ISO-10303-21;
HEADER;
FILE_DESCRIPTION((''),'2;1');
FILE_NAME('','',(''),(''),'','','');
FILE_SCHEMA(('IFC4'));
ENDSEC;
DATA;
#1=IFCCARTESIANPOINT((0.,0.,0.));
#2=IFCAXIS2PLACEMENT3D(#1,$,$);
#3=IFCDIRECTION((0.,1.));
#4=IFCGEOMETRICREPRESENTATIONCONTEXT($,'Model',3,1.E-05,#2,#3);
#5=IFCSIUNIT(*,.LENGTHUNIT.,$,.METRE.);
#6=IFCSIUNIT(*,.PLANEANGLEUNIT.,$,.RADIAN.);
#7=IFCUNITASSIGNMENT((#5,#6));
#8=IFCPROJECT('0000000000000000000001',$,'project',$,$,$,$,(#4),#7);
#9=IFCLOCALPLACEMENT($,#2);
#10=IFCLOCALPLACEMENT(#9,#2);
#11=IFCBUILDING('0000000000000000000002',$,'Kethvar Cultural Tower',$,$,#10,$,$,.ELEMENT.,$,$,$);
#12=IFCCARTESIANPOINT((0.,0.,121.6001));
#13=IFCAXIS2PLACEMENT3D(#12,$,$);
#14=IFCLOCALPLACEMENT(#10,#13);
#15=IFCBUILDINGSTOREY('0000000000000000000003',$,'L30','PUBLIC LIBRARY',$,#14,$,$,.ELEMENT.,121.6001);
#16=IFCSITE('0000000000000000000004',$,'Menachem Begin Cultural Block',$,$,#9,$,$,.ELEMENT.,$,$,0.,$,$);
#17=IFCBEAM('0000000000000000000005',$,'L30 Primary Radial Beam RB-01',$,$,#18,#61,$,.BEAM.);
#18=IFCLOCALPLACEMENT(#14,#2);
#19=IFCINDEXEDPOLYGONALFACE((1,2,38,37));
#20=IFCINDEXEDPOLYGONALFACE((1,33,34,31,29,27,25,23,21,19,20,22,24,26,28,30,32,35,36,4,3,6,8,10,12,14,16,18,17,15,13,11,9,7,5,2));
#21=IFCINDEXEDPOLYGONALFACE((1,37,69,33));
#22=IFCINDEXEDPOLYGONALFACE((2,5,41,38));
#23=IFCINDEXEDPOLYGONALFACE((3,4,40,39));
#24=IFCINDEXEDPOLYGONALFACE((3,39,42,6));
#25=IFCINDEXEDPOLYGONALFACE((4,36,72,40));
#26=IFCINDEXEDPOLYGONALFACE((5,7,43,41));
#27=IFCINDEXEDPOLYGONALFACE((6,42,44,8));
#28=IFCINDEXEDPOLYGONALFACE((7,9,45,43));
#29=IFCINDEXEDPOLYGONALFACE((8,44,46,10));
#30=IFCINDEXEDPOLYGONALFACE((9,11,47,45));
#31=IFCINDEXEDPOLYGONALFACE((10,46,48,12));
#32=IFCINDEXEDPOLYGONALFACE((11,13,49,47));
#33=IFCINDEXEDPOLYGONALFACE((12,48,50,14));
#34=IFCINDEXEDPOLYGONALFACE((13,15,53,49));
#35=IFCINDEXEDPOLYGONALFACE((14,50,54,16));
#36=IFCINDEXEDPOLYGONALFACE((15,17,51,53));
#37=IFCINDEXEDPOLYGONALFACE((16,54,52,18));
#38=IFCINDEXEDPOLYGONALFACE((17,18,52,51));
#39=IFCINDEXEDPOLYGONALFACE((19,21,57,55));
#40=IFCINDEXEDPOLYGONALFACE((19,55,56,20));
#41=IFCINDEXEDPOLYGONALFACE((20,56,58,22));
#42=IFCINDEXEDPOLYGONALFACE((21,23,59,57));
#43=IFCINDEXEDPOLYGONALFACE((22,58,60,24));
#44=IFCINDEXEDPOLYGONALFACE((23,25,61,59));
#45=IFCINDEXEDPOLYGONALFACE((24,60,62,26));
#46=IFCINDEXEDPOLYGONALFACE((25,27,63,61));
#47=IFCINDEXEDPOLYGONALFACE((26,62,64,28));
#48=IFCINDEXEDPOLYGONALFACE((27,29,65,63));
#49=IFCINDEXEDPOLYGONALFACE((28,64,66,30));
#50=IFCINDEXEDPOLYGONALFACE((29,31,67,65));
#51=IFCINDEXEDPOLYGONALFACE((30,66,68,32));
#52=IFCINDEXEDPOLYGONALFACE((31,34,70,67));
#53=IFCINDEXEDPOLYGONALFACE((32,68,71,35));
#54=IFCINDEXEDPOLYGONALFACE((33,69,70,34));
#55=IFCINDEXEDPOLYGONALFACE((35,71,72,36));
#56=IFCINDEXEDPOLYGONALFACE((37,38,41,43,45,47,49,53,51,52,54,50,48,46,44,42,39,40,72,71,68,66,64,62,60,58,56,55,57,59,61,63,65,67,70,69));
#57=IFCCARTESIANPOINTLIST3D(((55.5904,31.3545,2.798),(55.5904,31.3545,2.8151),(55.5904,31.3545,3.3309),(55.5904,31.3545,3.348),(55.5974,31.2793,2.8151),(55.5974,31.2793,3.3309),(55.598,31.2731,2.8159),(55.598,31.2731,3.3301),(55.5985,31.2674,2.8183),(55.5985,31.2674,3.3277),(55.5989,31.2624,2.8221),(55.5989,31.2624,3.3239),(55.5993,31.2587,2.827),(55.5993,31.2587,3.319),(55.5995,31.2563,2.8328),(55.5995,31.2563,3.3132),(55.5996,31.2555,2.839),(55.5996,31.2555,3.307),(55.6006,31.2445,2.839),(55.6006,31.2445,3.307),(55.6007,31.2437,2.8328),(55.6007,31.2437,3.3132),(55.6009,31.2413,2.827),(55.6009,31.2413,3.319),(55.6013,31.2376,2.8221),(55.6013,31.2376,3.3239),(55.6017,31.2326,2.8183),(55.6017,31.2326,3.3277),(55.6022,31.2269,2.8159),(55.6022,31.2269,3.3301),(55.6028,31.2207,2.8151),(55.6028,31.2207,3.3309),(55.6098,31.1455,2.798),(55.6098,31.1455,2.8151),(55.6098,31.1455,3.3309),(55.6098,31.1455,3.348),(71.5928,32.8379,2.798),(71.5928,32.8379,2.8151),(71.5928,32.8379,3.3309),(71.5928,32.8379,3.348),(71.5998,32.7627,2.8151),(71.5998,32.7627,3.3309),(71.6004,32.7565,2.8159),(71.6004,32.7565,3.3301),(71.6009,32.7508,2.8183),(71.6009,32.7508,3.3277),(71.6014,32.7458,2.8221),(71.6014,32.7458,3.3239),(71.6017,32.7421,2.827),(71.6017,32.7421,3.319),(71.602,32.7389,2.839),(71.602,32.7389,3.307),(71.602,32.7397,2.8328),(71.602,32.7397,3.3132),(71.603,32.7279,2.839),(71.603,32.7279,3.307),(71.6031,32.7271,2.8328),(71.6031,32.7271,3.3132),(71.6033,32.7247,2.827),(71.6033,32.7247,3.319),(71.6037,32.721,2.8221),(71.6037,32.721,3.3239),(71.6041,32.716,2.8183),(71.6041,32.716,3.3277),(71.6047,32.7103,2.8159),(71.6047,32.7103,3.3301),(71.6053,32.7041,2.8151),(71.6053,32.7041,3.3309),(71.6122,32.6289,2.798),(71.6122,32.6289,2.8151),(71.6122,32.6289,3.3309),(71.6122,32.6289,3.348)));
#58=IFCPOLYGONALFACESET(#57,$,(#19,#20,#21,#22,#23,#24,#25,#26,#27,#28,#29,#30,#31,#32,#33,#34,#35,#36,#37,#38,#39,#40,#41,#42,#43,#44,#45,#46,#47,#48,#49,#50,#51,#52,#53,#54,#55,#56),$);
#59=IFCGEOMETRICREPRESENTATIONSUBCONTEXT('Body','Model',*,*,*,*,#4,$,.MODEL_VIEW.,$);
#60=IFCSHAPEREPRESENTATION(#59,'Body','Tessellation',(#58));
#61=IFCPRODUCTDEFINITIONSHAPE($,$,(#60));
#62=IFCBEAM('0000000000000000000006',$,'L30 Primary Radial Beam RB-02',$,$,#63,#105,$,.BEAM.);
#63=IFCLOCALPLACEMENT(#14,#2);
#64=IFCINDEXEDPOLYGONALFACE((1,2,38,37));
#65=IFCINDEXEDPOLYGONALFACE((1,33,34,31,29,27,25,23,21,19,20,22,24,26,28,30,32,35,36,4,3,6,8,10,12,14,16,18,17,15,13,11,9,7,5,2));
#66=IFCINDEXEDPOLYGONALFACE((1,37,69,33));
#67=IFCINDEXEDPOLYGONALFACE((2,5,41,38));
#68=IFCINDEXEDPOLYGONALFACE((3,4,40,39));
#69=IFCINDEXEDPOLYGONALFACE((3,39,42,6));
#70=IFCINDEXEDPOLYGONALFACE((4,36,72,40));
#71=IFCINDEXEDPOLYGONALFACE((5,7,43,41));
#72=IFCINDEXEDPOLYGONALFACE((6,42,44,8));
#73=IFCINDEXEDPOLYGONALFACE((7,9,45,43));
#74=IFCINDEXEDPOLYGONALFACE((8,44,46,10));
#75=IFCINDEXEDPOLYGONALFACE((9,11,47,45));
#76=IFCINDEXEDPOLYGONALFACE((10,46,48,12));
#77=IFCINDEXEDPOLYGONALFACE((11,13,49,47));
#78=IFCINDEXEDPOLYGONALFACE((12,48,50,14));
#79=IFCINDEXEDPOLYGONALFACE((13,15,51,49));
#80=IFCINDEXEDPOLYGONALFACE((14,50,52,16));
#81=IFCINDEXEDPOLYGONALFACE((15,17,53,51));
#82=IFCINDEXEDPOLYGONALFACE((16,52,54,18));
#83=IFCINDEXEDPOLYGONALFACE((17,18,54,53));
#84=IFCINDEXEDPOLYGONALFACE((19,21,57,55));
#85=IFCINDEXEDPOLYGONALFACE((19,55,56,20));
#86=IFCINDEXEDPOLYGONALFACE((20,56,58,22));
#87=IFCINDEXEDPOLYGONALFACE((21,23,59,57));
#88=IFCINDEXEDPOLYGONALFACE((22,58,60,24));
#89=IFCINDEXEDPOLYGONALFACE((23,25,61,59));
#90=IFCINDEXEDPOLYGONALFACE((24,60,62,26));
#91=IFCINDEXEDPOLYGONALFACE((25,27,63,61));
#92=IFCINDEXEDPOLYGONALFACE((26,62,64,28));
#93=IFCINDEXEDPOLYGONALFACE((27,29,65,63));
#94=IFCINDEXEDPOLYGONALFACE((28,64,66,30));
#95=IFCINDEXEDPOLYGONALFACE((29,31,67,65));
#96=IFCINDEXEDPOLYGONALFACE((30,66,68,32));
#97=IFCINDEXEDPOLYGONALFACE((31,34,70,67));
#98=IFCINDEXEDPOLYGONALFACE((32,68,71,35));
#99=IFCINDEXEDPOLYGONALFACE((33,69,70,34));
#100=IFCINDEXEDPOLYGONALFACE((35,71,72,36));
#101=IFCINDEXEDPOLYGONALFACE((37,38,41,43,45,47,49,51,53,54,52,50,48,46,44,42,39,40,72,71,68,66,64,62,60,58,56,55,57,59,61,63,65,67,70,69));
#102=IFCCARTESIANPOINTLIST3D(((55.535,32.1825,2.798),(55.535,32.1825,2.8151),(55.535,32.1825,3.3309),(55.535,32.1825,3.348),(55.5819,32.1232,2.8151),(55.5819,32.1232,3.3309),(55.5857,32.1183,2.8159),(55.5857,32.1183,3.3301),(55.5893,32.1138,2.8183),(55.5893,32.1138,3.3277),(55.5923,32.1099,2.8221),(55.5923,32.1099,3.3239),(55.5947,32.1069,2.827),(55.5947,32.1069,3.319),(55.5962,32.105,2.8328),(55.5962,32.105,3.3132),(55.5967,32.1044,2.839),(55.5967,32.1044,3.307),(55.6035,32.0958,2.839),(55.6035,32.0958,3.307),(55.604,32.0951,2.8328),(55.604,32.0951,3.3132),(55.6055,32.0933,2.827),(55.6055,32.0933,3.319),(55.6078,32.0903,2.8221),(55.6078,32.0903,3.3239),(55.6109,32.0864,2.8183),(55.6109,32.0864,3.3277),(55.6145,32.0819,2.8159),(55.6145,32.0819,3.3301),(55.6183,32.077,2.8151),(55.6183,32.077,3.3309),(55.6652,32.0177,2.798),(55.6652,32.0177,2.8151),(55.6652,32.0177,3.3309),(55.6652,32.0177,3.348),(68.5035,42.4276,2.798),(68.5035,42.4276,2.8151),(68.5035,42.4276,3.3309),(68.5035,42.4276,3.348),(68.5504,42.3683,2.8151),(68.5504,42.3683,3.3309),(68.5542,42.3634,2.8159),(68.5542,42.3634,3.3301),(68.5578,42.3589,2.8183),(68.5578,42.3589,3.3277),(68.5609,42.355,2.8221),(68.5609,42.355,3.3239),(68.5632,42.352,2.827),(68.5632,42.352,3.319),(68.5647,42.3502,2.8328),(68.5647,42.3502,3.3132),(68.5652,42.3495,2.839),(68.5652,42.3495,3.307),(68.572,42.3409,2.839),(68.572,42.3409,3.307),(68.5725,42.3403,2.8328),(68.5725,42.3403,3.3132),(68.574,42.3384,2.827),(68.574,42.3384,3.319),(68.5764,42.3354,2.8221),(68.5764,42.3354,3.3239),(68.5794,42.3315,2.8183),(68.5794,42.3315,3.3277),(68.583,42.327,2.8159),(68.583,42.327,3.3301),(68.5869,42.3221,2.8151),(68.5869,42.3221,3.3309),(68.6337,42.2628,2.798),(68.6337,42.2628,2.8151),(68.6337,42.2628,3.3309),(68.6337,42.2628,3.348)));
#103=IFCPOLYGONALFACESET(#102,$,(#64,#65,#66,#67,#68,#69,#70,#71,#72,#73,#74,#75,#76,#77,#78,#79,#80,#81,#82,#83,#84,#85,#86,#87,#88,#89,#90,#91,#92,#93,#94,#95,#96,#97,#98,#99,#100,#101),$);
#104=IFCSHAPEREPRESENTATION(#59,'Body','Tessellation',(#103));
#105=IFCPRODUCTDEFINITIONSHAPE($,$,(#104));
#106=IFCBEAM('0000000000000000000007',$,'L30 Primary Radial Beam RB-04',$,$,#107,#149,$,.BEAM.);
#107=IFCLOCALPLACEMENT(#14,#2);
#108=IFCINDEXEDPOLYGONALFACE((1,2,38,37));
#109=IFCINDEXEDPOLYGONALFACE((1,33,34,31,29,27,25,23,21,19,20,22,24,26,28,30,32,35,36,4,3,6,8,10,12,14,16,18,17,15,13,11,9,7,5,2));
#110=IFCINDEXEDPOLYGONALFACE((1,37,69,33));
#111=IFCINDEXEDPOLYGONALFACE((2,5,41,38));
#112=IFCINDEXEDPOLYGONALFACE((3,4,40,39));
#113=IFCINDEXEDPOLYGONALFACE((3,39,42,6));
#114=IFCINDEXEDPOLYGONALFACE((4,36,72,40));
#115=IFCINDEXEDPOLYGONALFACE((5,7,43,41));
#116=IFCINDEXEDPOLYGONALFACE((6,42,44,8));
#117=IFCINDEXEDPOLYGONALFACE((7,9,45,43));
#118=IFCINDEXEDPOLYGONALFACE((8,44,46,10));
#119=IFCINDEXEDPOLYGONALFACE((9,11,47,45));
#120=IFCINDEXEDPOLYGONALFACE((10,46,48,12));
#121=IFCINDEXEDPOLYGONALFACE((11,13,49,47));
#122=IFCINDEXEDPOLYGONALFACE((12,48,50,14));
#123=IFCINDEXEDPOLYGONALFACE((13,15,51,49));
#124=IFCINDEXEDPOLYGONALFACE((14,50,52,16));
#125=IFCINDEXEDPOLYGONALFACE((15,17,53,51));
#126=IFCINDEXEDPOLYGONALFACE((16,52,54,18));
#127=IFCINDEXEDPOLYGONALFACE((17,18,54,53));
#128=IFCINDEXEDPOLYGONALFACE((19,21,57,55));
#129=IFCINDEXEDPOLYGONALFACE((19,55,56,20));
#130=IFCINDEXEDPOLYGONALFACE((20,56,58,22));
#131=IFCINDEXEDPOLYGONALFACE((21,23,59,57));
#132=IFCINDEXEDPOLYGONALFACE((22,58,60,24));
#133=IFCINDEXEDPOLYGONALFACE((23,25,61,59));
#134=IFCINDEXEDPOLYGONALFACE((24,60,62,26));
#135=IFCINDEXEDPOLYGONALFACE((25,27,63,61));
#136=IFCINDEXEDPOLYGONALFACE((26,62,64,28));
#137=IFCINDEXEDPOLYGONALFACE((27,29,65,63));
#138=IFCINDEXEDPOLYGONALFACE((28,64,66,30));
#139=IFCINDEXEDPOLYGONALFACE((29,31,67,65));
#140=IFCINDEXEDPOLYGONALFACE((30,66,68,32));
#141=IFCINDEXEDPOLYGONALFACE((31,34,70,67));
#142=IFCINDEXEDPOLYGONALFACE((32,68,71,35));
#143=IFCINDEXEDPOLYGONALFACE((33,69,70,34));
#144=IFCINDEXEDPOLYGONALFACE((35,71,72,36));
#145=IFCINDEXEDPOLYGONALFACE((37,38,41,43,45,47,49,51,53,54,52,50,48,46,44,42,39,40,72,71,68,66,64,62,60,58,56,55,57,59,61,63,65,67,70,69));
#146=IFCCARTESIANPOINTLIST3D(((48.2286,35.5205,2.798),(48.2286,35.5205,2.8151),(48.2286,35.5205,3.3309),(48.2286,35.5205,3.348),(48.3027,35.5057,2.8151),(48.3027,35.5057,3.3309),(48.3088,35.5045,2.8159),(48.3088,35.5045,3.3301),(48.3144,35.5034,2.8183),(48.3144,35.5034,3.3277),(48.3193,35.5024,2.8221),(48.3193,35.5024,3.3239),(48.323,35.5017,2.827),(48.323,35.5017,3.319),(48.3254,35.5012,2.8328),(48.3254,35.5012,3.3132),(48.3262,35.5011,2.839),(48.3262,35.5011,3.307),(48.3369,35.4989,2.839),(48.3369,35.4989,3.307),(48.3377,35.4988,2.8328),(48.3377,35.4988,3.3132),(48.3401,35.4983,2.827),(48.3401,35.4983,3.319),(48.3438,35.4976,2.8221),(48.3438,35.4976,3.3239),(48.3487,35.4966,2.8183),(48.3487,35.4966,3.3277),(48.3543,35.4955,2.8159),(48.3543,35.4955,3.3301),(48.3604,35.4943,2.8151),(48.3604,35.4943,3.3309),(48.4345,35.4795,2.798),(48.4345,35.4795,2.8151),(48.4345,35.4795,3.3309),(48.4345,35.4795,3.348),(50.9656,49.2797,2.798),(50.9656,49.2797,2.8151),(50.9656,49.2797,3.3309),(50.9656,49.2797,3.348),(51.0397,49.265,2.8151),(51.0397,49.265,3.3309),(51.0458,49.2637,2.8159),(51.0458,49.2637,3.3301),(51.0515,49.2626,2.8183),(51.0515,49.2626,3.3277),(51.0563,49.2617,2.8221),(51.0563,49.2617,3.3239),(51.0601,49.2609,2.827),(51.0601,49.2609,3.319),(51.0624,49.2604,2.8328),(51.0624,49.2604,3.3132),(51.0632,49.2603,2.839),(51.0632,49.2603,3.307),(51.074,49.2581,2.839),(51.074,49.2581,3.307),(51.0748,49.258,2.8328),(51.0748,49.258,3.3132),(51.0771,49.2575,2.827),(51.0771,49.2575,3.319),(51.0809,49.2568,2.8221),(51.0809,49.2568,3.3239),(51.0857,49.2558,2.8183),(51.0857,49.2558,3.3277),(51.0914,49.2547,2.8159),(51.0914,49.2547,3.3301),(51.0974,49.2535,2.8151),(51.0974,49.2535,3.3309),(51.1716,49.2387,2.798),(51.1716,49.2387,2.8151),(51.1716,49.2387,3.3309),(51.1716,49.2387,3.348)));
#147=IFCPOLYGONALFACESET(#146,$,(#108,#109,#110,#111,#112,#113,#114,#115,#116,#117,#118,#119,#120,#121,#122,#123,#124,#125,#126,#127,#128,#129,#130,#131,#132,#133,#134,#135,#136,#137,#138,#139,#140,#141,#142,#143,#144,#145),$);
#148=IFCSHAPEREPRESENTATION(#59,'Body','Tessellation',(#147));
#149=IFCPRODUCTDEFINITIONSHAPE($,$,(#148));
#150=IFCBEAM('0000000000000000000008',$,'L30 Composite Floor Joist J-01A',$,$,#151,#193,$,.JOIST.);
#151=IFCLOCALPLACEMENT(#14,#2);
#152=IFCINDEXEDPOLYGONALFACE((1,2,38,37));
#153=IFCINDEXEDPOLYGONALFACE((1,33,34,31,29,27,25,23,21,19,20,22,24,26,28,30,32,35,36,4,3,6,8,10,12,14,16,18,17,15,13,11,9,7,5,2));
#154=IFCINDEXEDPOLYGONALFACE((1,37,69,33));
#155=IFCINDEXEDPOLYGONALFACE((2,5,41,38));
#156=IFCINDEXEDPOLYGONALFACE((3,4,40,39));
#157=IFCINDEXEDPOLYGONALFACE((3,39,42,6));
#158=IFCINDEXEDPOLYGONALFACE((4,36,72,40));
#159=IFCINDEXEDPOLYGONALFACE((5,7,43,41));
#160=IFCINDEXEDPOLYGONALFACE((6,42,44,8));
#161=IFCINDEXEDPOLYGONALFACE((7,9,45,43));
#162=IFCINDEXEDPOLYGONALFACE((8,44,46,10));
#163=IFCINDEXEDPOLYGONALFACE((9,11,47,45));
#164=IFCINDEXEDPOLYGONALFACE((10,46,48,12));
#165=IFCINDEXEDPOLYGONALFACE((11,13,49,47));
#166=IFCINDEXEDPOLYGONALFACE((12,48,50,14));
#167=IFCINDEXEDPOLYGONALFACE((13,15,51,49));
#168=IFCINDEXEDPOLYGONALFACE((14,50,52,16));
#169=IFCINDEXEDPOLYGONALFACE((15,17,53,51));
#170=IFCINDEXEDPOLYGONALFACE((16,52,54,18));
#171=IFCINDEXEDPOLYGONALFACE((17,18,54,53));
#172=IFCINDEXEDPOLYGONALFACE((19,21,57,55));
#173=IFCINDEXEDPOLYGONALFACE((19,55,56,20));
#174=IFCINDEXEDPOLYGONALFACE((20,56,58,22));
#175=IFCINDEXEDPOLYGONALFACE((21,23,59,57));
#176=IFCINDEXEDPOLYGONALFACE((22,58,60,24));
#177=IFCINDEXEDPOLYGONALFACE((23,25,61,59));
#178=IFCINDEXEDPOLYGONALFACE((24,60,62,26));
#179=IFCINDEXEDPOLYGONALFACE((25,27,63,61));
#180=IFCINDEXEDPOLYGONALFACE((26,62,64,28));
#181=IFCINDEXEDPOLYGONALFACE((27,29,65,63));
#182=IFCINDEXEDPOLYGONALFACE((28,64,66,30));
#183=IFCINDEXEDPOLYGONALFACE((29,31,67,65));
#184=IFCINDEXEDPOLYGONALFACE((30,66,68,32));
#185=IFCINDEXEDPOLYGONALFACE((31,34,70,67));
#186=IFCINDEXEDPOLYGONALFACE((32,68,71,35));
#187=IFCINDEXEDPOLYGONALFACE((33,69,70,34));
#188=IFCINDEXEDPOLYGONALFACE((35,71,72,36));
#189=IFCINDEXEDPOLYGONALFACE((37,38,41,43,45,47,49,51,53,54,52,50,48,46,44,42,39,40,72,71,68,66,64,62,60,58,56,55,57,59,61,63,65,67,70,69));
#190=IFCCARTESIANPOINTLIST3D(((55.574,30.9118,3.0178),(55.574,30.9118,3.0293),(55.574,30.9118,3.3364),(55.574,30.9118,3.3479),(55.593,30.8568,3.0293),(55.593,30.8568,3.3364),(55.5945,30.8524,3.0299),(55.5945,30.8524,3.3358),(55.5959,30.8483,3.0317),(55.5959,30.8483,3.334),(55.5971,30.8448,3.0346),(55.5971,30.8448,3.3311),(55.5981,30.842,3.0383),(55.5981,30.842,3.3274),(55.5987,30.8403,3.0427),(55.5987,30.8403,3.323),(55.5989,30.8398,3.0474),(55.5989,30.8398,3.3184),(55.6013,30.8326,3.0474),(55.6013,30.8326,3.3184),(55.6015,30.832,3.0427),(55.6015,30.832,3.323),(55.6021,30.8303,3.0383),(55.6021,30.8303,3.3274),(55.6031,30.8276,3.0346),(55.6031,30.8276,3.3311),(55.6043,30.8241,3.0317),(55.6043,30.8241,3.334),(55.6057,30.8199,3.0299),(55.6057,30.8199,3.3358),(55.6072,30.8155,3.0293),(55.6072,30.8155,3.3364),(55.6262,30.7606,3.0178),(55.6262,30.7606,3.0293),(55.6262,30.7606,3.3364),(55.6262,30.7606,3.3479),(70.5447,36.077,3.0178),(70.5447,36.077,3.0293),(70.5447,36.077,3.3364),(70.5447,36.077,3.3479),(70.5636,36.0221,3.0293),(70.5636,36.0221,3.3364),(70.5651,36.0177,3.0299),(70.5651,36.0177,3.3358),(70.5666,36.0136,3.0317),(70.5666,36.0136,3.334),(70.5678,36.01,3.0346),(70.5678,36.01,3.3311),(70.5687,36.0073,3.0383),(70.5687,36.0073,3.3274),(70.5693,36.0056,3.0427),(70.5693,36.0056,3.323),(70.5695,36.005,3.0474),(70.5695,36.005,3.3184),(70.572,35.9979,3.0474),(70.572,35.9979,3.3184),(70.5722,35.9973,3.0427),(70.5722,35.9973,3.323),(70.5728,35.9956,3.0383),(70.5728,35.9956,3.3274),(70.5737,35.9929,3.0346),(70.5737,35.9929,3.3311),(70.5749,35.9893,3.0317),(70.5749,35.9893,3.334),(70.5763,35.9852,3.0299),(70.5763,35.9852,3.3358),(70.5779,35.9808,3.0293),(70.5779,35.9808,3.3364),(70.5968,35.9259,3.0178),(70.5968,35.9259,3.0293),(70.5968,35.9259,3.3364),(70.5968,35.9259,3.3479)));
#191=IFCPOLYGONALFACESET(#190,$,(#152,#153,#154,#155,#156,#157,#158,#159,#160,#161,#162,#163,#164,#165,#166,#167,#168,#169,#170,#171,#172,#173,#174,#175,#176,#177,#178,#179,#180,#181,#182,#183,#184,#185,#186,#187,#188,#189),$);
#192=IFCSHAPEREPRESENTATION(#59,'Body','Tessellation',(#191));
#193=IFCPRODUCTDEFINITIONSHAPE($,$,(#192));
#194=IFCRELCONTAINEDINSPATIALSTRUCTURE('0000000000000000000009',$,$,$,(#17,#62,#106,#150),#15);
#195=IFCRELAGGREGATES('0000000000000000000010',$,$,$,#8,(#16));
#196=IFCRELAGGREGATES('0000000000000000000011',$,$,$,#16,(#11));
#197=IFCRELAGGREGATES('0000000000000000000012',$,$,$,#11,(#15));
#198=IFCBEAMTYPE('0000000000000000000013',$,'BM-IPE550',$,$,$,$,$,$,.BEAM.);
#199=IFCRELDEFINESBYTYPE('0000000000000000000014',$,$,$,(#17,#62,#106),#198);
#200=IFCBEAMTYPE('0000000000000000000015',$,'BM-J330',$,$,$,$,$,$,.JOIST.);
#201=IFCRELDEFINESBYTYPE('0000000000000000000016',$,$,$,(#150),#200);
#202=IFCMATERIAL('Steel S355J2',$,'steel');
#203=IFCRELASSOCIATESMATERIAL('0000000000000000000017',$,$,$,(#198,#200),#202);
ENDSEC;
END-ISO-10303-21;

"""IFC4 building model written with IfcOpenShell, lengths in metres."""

from ifc_helpers import new_model, si_unit, direction, frame, origin, origin_2d, place, context, subcontext, project, spatial, i_section, extrude, source, transform, mapped, material, material_profile, profile_set, type_object, element, save


model = new_model("IFC4")

# Units and contexts
model_context = context("Model", 3, precision=1e-05, world=origin(), true_north=direction((0.0, 1.0)))
body_context = subcontext(model_context, "Body", "Model", "MODEL_VIEW")
ifc_project = project(units=[si_unit("LENGTHUNIT", "METRE"), si_unit("PLANEANGLEUNIT", "RADIAN")], contexts=[model_context])

# Site, building, storey
site_placement = place(None, origin())
site = spatial("IfcSite", under=ifc_project, at=site_placement, Name="Menachem Begin Cultural Block", CompositionType="ELEMENT", RefElevation=0.0)
building_placement = place(site_placement, origin())
building = spatial("IfcBuilding", under=site, at=building_placement, Name="Kethvar Cultural Tower", CompositionType="ELEMENT")
storey_placement = place(building_placement, frame((0.0, 0.0, 121.6001)))
storey = spatial("IfcBuildingStorey", under=building, at=storey_placement, Name="L30", Description="PUBLIC LIBRARY", CompositionType="ELEMENT", Elevation=121.6001)

# Beams
ifc_material_1 = material(Name="Steel S355J2", Category="steel")
ifc_material_profile_1 = material_profile(ifc_material_1, i_section(OverallWidth=0.21, OverallDepth=0.55, WebThickness=0.011, FlangeThickness=0.0171, FilletRadius=0.0239, at=origin_2d()), Name="Steel S355J2 — IPE550")
ifc_profile_set_1 = profile_set([ifc_material_profile_1], Name="Steel S355J2 — IPE550")
beam_type_1 = type_object("IfcBeamType", Name="BM-IPE550", PredefinedType="BEAM", material=ifc_profile_set_1)
shared_shape_1 = source(origin(), body_context, "Body", "SweptSolid", [
    extrude(i_section(OverallWidth=0.21, OverallDepth=0.55, WebThickness=0.011, FlangeThickness=0.0171, FilletRadius=0.0239, at=origin_2d()), origin(), (0.0, 0.0, 1.0), 16.071),
])
beam_1_placement = place(storey_placement, frame((55.6001, 31.25, 3.073), z_axis=(0.995731, 0.092303, 0.0), x_axis=(-0.092303, 0.995731, 0.0)))
element("IfcBeam", 1, at=beam_1_placement, inside=storey, type_object=beam_type_1, Name="L30 Primary Radial Beam RB-01", PredefinedType="BEAM", context=body_context, shape_type="MappedRepresentation", body=[
    mapped(shared_shape_1, transform((0.0, 0.0, 0.0), scale=1.0)),
])
shared_shape_2 = source(origin(), body_context, "Body", "SweptSolid", [
    extrude(i_section(OverallWidth=0.21, OverallDepth=0.55, WebThickness=0.011, FlangeThickness=0.0171, FilletRadius=0.0239, at=origin_2d()), origin(), (0.0, 0.0, 1.0), 16.5271),
])
beam_2_placement = place(storey_placement, frame((55.6001, 32.1001, 3.073), z_axis=(0.784682, 0.619899, 0.0), x_axis=(-0.619899, 0.784682, 0.0)))
element("IfcBeam", 2, at=beam_2_placement, inside=storey, type_object=beam_type_1, Name="L30 Primary Radial Beam RB-02", PredefinedType="BEAM", context=body_context, shape_type="MappedRepresentation", body=[
    mapped(shared_shape_2, transform((0.0, 0.0, 0.0), scale=1.0)),
])
shared_shape_3 = source(origin(), body_context, "Body", "SweptSolid", [
    extrude(i_section(OverallWidth=0.21, OverallDepth=0.55, WebThickness=0.011, FlangeThickness=0.0171, FilletRadius=0.0239, at=origin_2d()), origin(), (0.0, 0.0, 1.0), 14.0288),
])
beam_3_placement = place(storey_placement, frame((48.3315, 35.5, 3.073), z_axis=(0.195102, 0.980783, 0.0), x_axis=(-0.980783, 0.195102, 0.0)))
element("IfcBeam", 3, at=beam_3_placement, inside=storey, type_object=beam_type_1, Name="L30 Primary Radial Beam RB-04", PredefinedType="BEAM", context=body_context, shape_type="MappedRepresentation", body=[
    mapped(shared_shape_3, transform((0.0, 0.0, 0.0), scale=1.0)),
])
ifc_material_profile_2 = material_profile(ifc_material_1, i_section(OverallWidth=0.1599, OverallDepth=0.3301, WebThickness=0.0076, FlangeThickness=0.0115, FilletRadius=0.0181, at=origin_2d()), Name="Steel S355J2 — IPE330")
ifc_profile_set_2 = profile_set([ifc_material_profile_2], Name="Steel S355J2 — IPE330")
beam_type_2 = type_object("IfcBeamType", Name="BM-J330", PredefinedType="JOIST", material=ifc_profile_set_2)
shared_shape_4 = source(origin(), body_context, "Body", "SweptSolid", [
    extrude(i_section(OverallWidth=0.1599, OverallDepth=0.3301, WebThickness=0.0076, FlangeThickness=0.0115, FilletRadius=0.0181, at=origin_2d()), origin(), (0.0, 0.0, 1.0), 15.8367),
])
beam_4_placement = place(storey_placement, frame((55.6001, 30.8362, 3.1829), z_axis=(0.945315, 0.326158, 0.0), x_axis=(-0.326158, 0.945315, 0.0)))
element("IfcBeam", 4, at=beam_4_placement, inside=storey, type_object=beam_type_2, Name="L30 Composite Floor Joist J-01A", PredefinedType="JOIST", context=body_context, shape_type="MappedRepresentation", body=[
    mapped(shared_shape_4, transform((0.0, 0.0, 0.0), scale=1.0)),
])

save(model, "model.ifc")
